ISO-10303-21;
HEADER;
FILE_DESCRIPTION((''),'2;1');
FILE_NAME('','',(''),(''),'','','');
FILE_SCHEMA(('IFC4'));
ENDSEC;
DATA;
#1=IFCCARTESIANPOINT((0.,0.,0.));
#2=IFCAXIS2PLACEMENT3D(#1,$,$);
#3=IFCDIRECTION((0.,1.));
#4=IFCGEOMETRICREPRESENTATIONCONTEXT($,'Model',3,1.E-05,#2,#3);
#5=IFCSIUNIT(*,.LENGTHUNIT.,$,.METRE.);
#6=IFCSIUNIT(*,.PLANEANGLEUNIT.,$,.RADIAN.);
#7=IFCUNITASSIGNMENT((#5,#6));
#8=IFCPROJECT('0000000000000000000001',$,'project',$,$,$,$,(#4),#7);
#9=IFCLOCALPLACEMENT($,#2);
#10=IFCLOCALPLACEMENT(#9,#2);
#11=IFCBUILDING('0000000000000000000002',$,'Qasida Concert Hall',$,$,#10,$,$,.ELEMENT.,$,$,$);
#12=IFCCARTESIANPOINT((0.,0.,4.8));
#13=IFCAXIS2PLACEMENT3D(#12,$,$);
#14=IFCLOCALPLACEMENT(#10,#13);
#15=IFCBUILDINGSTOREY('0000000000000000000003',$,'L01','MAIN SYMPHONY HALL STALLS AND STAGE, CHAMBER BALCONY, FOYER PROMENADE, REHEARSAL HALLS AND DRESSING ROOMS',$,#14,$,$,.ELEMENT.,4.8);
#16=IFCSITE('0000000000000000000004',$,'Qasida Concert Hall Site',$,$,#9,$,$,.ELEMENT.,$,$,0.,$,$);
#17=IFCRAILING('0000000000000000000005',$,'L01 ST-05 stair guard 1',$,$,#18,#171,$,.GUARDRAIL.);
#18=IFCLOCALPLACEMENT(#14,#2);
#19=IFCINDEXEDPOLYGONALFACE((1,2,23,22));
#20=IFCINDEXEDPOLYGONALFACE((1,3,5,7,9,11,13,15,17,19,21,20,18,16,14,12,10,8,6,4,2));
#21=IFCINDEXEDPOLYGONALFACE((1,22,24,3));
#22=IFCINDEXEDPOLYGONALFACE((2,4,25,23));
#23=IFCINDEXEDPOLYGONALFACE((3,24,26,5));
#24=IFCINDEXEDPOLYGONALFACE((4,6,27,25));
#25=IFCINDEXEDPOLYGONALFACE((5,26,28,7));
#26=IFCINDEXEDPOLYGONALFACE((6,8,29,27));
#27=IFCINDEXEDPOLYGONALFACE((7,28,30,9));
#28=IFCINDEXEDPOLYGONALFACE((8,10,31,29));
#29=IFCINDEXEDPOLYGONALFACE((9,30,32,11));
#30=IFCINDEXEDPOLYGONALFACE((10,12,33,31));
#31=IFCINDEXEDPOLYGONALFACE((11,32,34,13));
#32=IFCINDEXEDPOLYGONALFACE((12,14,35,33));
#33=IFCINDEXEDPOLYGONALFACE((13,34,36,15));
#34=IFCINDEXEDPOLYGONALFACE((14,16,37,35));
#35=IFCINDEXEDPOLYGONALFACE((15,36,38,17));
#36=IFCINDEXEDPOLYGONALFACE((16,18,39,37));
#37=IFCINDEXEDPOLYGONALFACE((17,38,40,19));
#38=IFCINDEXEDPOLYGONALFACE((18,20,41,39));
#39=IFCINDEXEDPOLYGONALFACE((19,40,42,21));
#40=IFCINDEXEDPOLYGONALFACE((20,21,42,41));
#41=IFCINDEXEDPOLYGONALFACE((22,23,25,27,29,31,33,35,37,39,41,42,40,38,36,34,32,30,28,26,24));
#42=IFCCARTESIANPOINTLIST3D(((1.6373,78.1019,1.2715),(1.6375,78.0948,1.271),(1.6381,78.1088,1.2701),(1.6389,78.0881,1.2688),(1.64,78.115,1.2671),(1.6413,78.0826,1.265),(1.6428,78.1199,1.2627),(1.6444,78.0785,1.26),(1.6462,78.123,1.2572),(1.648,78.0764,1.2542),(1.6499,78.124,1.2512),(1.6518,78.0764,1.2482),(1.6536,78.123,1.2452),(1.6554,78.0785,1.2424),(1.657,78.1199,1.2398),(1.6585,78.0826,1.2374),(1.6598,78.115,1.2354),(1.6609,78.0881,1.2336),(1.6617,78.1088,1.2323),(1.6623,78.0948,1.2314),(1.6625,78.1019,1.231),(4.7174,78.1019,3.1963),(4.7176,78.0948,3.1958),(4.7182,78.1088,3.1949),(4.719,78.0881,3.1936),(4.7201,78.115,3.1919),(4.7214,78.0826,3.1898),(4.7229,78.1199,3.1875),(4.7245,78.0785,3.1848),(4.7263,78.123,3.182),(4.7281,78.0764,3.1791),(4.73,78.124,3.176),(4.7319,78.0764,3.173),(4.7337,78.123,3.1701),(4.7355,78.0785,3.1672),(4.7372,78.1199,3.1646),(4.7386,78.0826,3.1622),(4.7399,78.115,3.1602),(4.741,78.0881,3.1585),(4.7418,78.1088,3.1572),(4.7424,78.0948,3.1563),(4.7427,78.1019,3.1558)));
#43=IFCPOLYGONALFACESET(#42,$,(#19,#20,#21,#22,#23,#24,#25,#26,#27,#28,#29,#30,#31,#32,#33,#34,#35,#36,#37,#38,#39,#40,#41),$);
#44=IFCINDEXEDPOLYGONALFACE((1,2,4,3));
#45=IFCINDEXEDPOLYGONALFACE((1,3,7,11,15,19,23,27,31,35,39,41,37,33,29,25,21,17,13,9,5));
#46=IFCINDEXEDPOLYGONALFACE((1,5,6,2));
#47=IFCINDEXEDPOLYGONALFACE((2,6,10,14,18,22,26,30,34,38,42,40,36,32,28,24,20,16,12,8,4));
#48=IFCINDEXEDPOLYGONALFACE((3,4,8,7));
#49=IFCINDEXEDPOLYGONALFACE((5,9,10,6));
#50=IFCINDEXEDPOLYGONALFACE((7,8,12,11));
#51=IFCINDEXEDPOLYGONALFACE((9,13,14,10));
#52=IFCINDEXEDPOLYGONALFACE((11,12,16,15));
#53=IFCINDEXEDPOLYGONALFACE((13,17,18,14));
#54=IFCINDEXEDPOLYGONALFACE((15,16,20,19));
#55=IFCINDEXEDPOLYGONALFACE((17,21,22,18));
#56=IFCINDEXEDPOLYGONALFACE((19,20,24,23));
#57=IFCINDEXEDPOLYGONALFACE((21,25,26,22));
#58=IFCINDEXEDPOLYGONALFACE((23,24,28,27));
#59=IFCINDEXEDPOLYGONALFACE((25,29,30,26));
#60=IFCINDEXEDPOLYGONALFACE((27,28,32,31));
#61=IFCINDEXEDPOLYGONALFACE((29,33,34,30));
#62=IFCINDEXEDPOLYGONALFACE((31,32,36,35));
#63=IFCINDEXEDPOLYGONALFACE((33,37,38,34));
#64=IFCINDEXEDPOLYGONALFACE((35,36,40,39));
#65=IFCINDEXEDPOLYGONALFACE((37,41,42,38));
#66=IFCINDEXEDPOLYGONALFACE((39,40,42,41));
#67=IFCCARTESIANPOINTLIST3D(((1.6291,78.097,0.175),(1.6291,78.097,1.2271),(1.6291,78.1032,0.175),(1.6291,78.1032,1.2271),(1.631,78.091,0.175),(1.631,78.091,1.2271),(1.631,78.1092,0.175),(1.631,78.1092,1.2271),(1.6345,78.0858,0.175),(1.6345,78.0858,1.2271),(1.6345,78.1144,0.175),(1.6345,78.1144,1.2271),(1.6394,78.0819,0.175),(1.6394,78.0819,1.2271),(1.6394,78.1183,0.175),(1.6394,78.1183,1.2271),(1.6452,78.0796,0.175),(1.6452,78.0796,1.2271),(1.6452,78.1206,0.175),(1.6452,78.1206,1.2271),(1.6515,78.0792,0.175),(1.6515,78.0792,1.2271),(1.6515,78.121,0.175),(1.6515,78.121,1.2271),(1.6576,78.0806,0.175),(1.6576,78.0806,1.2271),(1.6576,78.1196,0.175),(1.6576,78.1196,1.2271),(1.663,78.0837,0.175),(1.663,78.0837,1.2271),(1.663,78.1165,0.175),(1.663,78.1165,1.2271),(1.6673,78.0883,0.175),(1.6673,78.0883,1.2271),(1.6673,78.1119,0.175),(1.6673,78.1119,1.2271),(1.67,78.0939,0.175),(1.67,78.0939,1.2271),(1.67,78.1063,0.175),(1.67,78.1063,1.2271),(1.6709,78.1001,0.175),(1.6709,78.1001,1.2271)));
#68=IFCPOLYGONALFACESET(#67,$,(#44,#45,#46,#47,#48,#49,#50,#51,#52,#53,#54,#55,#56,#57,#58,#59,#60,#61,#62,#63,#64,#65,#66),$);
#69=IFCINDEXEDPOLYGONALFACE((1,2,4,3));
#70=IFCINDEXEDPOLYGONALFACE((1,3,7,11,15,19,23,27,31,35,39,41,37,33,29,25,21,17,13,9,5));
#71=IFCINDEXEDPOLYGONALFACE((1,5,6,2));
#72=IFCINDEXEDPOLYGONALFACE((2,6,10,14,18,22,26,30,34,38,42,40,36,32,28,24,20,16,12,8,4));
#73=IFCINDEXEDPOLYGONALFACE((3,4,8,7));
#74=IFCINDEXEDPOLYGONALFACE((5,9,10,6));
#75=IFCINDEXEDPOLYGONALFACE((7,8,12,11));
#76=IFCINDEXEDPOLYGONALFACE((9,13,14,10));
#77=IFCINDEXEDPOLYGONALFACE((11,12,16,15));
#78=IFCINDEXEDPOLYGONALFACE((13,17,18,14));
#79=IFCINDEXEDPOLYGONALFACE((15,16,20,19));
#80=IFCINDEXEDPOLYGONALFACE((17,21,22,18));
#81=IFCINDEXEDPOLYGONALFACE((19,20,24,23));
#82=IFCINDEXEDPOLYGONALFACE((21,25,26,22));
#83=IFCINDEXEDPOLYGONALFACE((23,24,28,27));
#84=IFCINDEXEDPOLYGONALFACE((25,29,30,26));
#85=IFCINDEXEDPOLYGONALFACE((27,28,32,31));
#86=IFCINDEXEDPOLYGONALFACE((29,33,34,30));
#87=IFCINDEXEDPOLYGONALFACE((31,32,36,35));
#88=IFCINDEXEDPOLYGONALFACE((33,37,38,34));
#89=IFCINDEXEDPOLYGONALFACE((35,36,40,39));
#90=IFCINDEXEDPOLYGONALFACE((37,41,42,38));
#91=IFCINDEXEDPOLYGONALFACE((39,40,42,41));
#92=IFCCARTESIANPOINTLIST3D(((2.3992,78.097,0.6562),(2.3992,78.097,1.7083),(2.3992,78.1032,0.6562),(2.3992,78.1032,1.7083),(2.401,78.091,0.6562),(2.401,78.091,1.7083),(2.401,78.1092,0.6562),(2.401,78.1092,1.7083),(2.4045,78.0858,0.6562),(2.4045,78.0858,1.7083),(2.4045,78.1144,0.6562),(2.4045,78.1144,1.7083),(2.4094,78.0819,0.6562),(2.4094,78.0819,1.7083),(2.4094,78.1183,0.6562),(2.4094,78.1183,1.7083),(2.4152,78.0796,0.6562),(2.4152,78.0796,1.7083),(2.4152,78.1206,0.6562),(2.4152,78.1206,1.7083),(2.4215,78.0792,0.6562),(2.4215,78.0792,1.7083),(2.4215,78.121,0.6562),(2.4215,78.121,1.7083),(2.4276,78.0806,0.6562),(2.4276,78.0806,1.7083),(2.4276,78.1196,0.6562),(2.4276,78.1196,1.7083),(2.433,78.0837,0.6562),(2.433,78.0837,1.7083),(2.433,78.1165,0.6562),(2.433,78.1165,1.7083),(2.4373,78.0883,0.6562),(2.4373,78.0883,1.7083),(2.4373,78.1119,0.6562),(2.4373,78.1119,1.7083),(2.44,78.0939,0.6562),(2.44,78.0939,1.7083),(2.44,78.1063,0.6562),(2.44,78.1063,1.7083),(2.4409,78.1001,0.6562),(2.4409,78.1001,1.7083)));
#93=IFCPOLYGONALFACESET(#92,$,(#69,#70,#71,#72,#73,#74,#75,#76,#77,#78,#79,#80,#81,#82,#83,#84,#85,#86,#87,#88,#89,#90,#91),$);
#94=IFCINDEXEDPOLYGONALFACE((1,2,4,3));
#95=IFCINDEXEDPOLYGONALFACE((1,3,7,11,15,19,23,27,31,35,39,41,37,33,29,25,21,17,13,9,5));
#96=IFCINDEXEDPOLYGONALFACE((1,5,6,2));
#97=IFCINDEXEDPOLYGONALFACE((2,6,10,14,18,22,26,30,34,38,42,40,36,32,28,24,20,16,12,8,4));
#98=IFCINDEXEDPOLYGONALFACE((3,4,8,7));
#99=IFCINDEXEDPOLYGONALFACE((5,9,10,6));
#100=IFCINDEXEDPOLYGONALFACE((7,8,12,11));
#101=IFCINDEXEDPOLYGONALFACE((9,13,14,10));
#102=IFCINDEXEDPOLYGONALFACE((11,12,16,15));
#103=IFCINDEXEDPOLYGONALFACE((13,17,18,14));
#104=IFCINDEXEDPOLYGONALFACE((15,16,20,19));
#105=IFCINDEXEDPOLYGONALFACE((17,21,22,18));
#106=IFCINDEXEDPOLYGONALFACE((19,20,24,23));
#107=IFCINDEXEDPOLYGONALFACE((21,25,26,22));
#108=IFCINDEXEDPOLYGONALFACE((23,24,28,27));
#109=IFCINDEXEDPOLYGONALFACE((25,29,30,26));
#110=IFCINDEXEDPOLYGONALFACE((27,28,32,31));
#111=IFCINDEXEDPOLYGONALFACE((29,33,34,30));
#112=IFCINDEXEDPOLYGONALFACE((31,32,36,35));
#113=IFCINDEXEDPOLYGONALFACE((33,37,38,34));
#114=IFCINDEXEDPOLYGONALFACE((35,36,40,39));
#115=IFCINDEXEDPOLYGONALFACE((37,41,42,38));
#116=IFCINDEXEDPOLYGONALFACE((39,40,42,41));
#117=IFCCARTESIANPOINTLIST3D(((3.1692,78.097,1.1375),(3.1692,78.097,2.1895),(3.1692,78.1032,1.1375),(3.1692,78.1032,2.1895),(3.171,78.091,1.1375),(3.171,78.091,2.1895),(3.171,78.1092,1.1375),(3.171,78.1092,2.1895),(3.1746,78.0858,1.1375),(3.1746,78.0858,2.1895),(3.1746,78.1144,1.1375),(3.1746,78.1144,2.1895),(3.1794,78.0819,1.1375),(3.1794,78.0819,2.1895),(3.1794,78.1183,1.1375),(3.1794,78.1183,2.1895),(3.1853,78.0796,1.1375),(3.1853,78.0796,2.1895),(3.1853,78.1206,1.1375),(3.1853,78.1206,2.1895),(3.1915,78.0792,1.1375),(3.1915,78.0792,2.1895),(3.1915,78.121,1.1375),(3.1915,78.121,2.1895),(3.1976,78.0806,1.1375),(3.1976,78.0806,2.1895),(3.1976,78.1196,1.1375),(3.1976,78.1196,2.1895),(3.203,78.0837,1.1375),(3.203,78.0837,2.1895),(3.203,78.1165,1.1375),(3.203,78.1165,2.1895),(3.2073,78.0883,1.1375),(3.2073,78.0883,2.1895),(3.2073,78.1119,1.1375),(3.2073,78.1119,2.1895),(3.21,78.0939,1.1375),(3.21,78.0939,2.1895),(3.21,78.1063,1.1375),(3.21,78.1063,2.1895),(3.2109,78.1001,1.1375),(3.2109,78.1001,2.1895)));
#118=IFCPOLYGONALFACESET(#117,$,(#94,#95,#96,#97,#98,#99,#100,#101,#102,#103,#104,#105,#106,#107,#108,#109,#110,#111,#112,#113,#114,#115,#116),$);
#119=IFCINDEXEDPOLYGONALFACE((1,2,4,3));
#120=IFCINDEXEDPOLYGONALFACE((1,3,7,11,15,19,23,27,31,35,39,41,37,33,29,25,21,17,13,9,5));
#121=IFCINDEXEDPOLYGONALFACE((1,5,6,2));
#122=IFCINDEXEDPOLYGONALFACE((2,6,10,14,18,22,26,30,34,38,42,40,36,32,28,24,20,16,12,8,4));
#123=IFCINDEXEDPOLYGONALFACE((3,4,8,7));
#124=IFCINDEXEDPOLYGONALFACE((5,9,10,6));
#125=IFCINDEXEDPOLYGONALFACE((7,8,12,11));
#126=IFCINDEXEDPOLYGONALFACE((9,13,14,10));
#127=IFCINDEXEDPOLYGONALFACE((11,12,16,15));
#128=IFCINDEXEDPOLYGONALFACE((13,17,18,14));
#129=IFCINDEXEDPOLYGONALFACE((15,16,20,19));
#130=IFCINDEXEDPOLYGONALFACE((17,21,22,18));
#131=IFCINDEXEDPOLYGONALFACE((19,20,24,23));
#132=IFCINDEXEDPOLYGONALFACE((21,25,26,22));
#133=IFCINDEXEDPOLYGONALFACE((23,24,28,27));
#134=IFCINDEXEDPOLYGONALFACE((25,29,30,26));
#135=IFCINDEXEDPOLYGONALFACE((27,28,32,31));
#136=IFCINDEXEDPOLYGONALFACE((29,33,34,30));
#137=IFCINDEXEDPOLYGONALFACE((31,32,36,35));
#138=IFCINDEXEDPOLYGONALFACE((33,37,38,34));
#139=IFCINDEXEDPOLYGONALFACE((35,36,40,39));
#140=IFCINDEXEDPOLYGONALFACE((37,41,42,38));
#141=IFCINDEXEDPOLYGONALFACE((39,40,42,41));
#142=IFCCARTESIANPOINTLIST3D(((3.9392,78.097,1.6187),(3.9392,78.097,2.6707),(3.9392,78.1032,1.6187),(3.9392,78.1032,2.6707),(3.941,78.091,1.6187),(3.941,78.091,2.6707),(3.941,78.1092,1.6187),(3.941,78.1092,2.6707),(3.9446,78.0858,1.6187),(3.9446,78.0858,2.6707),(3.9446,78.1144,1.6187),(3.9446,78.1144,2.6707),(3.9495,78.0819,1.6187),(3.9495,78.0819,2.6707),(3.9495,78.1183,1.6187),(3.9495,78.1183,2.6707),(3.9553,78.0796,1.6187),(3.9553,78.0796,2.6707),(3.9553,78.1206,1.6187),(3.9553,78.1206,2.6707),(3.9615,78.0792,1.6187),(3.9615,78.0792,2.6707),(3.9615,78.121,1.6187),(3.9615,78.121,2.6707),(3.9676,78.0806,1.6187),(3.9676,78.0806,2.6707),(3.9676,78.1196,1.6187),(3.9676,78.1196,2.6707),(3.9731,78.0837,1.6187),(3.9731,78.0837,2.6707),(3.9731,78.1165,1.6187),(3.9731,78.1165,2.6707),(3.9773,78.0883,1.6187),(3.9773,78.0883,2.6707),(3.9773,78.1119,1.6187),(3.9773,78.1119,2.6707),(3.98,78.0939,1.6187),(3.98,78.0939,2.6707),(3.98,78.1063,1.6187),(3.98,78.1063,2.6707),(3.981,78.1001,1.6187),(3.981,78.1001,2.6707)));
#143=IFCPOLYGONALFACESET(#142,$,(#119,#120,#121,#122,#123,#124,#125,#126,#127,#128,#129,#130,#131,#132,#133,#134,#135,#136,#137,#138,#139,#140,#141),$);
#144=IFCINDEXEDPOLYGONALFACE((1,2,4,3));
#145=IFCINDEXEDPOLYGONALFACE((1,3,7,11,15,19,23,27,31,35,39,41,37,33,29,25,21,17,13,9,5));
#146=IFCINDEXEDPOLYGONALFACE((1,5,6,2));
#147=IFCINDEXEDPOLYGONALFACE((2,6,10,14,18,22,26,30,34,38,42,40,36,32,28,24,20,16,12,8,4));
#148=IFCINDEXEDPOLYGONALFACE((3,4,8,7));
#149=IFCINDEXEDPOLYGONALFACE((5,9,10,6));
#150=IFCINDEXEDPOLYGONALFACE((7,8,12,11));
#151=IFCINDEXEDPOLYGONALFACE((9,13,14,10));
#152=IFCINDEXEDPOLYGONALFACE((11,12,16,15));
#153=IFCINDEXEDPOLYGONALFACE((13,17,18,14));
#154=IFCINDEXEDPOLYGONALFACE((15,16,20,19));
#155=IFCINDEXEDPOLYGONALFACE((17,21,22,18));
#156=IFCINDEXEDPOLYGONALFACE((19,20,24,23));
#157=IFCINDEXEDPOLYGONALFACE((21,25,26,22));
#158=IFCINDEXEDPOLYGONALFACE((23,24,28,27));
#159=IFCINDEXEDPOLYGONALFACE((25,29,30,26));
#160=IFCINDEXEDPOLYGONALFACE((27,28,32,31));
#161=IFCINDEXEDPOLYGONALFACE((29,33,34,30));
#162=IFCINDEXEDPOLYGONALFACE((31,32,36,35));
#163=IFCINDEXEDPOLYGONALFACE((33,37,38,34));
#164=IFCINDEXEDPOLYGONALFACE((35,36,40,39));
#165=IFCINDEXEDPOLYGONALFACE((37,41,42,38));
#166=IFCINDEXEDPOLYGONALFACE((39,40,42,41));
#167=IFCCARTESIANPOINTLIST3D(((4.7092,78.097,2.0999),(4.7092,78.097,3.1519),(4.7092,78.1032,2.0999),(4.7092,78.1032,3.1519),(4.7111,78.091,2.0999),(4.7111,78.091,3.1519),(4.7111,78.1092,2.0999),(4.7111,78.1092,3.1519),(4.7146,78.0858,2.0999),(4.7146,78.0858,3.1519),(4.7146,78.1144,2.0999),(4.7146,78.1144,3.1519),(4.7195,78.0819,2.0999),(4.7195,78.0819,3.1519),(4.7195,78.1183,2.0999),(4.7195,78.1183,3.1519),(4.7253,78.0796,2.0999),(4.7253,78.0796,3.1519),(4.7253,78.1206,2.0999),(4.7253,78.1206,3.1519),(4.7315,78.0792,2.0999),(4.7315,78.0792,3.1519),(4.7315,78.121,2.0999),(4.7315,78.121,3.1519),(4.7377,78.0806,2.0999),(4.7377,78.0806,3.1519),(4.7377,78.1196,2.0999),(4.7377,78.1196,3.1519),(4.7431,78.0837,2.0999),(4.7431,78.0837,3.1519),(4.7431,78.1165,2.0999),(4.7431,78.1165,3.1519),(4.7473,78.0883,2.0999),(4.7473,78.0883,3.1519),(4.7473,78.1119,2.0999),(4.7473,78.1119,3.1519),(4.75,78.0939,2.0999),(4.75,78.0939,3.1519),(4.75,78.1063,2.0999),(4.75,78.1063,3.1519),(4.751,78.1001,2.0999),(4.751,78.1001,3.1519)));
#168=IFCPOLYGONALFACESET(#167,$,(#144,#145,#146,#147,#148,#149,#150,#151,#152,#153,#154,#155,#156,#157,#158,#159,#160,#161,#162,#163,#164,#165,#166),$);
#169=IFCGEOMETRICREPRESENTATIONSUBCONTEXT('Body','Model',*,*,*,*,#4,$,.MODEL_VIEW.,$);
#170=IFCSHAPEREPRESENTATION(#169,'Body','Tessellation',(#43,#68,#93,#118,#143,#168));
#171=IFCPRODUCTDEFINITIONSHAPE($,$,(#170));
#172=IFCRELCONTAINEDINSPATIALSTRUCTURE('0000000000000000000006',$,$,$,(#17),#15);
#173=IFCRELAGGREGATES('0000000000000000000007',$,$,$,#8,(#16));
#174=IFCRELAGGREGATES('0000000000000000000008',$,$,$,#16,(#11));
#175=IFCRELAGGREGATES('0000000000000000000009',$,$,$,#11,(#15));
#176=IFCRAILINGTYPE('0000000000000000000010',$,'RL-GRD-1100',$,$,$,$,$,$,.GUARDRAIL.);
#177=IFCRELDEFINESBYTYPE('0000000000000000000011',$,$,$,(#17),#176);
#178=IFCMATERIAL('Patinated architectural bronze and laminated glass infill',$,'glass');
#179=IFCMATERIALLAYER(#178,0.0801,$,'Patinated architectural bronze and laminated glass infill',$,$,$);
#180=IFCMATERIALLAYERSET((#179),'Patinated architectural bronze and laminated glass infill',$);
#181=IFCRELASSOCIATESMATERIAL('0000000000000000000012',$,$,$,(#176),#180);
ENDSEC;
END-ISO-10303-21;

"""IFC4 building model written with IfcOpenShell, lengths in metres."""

from ifc_helpers import new_model, si_unit, direction, frame, origin, origin_2d, place, context, subcontext, project, spatial, circle, extrude, material, layer, layer_set, type_object, element, save


model = new_model("IFC4")

# Units and contexts
model_context = context("Model", 3, precision=1e-05, world=origin(), true_north=direction((0.0, 1.0)))
body_context = subcontext(model_context, "Body", "Model", "MODEL_VIEW")
ifc_project = project(units=[si_unit("LENGTHUNIT", "METRE"), si_unit("PLANEANGLEUNIT", "RADIAN")], contexts=[model_context])

# Site, building, storey
site_placement = place(None, origin())
site = spatial("IfcSite", under=ifc_project, at=site_placement, Name="Qasida Concert Hall Site", CompositionType="ELEMENT", RefElevation=0.0)
building_placement = place(site_placement, origin())
building = spatial("IfcBuilding", under=site, at=building_placement, Name="Qasida Concert Hall", CompositionType="ELEMENT")
storey_placement = place(building_placement, frame((0.0, 0.0, 4.8)))
storey = spatial("IfcBuildingStorey", under=building, at=storey_placement, Name="L01", Description="MAIN SYMPHONY HALL STALLS AND STAGE, CHAMBER BALCONY, FOYER PROMENADE, REHEARSAL HALLS AND DRESSING ROOMS", CompositionType="ELEMENT", Elevation=4.8)

# Railing
ifc_material_1 = material(Name="Patinated architectural bronze and laminated glass infill", Category="glass")
ifc_layer_1 = layer(ifc_material_1, 0.0801, Name="Patinated architectural bronze and laminated glass infill")
ifc_layer_set_1 = layer_set([ifc_layer_1], Name="Patinated architectural bronze and laminated glass infill")
railing_type_1 = type_object("IfcRailingType", Name="RL-GRD-1100", PredefinedType="GUARDRAIL", material=ifc_layer_set_1)
railing_1_placement = place(storey_placement, frame((1.6499, 78.1001, 0.175)))
element("IfcRailing", 1, at=railing_1_placement, inside=storey, type_object=railing_type_1, Name="L01 ST-05 stair guard 1", PredefinedType="GUARDRAIL", context=body_context, shape_type="SweptSolid", body=[
    extrude(circle(Radius=0.0239, at=origin_2d()), frame((0.0, 0.0, 1.0762), z_axis=(0.848029, 0.0, 0.529951), x_axis=(0.0, 1.0, 0.0)), (0.0, 0.0, 1.0), 3.6321),
    extrude(circle(Radius=0.021, at=origin_2d()), origin(), (0.0, 0.0, 1.0), 1.052),
    extrude(circle(Radius=0.021, at=origin_2d()), frame((0.77, 0.0, 0.4812)), (0.0, 0.0, 1.0), 1.052),
    extrude(circle(Radius=0.021, at=origin_2d()), frame((1.54, 0.0, 0.9624)), (0.0, 0.0, 1.0), 1.052),
    extrude(circle(Radius=0.021, at=origin_2d()), frame((2.3101, 0.0, 1.4436)), (0.0, 0.0, 1.0), 1.052),
    extrude(circle(Radius=0.021, at=origin_2d()), frame((3.0801, 0.0, 1.9248)), (0.0, 0.0, 1.0), 1.052),
])

save(model, "model.ifc")
